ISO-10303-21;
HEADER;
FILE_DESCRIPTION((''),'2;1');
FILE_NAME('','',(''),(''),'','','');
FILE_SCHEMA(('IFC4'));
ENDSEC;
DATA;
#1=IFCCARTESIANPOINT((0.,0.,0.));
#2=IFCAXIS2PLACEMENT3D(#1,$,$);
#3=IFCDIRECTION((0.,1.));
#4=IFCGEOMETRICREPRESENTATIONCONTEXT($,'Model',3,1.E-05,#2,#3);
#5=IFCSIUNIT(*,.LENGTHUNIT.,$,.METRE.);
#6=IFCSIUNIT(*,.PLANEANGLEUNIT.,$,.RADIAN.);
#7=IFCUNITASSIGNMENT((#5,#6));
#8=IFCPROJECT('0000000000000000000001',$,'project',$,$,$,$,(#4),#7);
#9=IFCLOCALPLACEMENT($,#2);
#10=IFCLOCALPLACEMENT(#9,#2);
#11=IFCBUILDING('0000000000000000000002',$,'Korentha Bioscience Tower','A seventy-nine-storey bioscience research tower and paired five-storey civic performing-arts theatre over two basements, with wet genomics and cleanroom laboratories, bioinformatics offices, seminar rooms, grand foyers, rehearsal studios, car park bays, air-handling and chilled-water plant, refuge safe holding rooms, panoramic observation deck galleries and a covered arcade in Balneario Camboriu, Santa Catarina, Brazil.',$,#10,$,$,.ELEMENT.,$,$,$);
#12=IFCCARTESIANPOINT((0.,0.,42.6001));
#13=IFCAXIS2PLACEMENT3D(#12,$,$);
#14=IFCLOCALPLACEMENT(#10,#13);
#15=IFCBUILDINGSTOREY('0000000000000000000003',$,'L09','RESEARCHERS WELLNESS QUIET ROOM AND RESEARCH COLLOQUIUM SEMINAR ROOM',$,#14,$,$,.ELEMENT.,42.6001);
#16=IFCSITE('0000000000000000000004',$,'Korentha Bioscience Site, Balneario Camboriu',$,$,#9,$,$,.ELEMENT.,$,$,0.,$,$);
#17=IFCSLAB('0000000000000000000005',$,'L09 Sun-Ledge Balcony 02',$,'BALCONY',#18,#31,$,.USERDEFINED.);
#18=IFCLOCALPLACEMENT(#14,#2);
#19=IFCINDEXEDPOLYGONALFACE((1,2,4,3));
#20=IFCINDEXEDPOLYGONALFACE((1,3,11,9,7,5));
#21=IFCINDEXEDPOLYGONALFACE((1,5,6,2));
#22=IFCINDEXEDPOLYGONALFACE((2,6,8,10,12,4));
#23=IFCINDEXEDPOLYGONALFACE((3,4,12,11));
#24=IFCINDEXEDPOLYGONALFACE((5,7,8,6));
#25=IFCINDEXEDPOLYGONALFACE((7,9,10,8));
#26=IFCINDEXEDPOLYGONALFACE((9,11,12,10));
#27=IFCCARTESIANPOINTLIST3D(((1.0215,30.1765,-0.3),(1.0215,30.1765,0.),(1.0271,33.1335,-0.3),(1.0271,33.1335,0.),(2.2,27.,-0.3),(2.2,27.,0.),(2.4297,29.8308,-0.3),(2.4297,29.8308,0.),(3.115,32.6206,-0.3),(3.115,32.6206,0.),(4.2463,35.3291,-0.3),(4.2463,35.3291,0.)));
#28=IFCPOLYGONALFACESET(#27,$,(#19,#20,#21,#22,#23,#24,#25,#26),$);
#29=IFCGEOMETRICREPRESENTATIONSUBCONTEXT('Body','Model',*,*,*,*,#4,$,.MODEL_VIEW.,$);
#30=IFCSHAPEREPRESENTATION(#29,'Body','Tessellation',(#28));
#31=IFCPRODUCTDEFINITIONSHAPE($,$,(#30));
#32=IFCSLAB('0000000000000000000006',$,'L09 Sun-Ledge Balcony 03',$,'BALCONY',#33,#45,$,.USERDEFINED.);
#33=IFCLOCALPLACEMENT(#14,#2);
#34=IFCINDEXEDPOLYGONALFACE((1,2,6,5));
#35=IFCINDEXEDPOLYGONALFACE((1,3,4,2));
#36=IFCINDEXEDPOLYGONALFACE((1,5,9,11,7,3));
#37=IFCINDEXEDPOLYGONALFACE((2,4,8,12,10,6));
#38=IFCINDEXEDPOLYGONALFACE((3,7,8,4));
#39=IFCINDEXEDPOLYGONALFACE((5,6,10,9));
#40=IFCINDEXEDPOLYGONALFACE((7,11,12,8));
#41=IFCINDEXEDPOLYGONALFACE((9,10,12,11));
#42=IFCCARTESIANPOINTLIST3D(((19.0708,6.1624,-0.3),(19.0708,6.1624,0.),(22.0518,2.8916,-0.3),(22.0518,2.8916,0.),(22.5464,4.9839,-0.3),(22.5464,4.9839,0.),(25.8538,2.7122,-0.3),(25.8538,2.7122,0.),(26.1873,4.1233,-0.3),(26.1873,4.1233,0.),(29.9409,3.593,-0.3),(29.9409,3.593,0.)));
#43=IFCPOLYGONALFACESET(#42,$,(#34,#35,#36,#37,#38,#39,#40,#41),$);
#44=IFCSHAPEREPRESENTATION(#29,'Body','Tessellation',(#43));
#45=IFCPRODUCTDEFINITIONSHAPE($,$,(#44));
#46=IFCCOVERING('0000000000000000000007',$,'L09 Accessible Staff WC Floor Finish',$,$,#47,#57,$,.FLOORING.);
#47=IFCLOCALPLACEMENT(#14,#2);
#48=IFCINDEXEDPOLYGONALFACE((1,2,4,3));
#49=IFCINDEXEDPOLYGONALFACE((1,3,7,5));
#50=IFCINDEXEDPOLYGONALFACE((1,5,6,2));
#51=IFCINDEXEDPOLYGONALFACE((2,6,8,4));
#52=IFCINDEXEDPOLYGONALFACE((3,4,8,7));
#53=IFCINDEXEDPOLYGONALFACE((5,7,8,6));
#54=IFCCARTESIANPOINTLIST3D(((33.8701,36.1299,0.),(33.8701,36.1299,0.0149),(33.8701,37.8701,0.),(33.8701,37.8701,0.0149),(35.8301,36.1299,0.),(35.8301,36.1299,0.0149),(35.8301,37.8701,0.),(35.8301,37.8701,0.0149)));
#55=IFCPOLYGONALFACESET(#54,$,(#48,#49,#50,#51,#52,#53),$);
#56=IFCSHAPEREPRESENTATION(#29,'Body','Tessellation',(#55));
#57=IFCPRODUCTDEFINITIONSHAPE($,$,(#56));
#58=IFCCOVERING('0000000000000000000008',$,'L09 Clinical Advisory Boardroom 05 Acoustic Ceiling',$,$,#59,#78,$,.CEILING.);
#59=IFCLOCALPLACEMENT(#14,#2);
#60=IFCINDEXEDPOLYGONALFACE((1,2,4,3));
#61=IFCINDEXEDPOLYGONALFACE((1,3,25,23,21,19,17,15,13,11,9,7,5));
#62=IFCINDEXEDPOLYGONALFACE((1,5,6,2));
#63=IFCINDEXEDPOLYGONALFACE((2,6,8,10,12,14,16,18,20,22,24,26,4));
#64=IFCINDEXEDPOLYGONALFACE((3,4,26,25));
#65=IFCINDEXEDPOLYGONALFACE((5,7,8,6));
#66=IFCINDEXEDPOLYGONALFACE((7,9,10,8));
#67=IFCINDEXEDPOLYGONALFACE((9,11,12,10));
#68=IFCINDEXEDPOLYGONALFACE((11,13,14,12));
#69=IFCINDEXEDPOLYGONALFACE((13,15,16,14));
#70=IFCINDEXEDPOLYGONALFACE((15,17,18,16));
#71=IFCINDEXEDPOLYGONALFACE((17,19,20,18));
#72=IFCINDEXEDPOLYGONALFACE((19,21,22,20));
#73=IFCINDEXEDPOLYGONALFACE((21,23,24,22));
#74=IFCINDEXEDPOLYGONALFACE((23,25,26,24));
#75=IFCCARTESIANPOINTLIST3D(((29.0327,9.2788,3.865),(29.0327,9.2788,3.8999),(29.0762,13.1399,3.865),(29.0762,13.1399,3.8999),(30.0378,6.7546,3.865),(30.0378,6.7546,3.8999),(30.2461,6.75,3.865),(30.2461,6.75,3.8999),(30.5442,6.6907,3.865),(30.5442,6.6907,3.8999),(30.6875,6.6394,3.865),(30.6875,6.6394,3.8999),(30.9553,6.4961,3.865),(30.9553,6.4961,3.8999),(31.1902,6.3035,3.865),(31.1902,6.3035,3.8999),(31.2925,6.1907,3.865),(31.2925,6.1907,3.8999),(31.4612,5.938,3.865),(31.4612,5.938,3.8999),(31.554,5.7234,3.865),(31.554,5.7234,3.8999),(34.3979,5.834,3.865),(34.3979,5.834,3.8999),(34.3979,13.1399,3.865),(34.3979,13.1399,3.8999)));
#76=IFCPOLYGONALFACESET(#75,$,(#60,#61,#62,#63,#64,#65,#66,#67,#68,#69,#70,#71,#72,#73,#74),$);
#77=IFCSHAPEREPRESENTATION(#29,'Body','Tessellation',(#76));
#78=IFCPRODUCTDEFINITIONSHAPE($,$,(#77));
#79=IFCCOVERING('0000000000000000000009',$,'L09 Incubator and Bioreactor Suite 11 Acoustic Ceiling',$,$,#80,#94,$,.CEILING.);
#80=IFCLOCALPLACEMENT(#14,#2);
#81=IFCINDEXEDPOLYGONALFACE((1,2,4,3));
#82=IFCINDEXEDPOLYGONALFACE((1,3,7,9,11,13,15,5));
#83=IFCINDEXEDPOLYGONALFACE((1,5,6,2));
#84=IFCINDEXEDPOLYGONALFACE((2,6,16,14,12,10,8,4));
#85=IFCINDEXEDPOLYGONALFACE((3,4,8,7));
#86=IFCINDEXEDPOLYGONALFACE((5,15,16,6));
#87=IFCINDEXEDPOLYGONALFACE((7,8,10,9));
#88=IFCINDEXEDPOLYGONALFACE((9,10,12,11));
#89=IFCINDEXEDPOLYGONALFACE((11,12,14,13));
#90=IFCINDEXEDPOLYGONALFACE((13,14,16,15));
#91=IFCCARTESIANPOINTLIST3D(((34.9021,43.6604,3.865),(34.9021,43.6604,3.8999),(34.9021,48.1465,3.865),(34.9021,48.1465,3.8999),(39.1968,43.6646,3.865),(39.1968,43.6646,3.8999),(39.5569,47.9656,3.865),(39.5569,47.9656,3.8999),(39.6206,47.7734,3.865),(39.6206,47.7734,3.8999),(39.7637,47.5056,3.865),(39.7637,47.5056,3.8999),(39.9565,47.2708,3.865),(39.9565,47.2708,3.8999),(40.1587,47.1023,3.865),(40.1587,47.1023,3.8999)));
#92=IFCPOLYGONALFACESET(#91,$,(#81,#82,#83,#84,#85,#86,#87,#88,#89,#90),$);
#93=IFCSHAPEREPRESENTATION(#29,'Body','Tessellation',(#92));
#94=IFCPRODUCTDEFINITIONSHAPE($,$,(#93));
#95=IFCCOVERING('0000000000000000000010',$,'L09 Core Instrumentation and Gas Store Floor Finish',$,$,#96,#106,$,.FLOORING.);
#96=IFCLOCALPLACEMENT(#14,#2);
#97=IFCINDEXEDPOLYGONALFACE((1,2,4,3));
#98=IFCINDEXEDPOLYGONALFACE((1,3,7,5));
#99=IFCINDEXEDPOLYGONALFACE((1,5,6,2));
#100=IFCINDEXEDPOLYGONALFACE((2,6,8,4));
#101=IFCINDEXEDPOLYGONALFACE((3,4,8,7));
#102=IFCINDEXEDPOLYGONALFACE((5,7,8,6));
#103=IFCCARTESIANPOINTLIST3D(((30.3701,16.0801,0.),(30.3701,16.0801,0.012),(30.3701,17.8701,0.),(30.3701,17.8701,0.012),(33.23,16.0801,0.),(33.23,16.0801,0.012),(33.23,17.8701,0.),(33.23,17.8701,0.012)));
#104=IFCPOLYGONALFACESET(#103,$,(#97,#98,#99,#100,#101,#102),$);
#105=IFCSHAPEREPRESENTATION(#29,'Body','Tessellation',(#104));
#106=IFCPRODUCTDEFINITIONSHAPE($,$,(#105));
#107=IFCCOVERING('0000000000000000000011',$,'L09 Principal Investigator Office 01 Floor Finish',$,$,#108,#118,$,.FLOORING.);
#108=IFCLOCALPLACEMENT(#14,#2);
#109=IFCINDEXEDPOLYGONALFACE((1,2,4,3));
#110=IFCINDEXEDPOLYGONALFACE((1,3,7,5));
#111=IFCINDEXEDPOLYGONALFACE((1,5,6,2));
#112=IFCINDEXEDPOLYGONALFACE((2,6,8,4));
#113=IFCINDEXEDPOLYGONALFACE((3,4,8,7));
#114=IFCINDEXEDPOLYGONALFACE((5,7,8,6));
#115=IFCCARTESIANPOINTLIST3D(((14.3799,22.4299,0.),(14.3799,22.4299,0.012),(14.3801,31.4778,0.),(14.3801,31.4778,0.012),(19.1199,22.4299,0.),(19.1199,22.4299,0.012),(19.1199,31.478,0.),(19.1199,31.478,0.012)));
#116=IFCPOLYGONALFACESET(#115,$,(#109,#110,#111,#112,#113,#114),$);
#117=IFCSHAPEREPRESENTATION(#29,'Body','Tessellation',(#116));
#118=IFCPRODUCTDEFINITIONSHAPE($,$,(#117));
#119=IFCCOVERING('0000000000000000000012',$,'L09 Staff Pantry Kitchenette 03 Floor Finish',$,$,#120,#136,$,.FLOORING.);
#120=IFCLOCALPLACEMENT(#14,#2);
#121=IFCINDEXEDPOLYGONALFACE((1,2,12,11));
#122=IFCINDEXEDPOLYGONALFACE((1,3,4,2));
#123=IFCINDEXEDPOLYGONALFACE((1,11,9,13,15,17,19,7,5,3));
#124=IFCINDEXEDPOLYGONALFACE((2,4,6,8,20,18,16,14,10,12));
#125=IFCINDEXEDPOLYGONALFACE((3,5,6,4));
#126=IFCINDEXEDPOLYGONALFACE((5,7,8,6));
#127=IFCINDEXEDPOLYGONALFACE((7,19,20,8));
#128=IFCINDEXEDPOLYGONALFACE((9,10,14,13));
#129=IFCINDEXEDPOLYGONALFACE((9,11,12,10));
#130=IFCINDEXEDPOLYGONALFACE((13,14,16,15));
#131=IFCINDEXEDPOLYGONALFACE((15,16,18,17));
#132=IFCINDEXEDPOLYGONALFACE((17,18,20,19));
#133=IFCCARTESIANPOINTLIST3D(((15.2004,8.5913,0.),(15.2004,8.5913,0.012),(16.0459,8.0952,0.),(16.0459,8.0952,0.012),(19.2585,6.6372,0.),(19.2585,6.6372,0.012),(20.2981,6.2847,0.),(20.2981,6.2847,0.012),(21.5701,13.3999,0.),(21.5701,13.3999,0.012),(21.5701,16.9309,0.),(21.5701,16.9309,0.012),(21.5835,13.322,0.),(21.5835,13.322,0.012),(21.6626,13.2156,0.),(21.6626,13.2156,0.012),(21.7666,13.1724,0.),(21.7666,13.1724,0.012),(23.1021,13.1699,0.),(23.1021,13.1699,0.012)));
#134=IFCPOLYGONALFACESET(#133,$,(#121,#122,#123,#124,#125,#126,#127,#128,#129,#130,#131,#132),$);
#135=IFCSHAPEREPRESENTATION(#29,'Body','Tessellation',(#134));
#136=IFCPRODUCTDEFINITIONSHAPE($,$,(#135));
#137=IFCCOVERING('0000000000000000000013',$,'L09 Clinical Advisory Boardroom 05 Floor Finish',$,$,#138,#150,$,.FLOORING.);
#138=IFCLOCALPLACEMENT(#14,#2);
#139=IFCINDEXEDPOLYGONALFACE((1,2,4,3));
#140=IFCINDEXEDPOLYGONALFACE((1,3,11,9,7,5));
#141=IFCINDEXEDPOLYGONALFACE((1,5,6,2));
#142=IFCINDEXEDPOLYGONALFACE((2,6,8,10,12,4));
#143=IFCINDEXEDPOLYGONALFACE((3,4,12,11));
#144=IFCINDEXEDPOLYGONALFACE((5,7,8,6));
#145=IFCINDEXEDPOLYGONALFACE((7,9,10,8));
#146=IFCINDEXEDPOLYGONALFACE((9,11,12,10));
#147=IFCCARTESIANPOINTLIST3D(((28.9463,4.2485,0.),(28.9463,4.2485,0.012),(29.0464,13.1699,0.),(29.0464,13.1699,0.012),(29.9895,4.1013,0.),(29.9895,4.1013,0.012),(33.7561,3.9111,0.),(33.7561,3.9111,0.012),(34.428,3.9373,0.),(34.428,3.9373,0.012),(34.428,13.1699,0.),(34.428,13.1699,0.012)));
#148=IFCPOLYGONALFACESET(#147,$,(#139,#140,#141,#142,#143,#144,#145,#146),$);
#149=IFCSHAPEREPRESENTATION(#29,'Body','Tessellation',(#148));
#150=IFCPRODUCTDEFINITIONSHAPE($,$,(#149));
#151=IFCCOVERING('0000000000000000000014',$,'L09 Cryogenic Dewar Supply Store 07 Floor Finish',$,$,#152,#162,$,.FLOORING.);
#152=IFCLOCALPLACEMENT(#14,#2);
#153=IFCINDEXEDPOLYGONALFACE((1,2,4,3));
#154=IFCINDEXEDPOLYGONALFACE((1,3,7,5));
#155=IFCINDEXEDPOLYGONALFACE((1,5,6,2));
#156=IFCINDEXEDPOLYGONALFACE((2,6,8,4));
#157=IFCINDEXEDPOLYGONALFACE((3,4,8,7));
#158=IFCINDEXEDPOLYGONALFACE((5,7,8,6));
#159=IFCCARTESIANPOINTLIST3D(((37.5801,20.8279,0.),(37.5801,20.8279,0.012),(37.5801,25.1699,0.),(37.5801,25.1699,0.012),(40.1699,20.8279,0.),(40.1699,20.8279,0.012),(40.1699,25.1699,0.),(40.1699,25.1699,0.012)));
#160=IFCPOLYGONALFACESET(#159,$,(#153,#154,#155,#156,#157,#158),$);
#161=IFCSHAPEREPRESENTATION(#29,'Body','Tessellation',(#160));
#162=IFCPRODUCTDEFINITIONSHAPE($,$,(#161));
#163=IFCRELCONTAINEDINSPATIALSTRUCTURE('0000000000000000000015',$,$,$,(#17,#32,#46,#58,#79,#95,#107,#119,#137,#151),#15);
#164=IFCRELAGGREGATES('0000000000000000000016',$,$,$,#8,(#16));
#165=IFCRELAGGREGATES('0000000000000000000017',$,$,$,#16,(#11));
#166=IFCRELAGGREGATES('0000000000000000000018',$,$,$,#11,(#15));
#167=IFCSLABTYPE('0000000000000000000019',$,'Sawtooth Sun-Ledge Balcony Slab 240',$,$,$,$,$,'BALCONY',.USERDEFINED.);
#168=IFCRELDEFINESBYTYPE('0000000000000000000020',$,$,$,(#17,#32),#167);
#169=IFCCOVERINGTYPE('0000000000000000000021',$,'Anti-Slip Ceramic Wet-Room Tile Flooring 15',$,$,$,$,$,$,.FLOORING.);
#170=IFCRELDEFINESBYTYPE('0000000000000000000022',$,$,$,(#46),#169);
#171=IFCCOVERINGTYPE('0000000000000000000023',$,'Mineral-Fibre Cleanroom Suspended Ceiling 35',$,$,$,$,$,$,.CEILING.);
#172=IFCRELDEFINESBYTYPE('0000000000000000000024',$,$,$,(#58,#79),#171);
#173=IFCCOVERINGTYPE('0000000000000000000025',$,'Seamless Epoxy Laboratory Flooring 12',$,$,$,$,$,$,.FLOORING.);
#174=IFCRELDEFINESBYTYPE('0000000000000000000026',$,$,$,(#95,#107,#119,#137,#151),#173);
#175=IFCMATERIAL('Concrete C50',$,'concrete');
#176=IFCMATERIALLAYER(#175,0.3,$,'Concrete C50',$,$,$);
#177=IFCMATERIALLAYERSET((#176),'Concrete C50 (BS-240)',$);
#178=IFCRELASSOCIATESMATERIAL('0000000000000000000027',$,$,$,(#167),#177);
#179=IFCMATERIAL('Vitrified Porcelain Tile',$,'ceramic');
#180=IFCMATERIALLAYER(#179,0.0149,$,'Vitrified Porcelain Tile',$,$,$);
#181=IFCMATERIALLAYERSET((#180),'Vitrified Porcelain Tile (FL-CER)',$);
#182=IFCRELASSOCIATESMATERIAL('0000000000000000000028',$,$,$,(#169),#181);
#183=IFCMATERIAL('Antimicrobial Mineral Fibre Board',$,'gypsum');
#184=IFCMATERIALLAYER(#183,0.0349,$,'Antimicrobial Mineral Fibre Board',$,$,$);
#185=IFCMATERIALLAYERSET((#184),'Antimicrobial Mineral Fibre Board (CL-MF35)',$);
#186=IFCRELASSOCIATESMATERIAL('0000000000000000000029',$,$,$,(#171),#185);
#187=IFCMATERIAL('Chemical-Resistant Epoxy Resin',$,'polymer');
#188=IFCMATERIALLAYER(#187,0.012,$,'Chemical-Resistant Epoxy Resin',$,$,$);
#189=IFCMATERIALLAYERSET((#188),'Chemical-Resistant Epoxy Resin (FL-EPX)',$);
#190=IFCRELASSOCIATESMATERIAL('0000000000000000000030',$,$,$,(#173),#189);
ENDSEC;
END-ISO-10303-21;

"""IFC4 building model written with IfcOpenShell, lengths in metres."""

from ifc_helpers import new_model, si_unit, direction, frame, origin, place, context, subcontext, project, spatial, polyline, outline, extrude, material, layer, layer_set, type_object, element, save


model = new_model("IFC4")

# Units and contexts
model_context = context("Model", 3, precision=1e-05, world=origin(), true_north=direction((0.0, 1.0)))
body_context = subcontext(model_context, "Body", "Model", "MODEL_VIEW")
ifc_project = project(units=[si_unit("LENGTHUNIT", "METRE"), si_unit("PLANEANGLEUNIT", "RADIAN")], contexts=[model_context])

# Site, building, storey
site_placement = place(None, origin())
site = spatial("IfcSite", under=ifc_project, at=site_placement, Name="Korentha Bioscience Site, Balneario Camboriu", CompositionType="ELEMENT", RefElevation=0.0)
building_placement = place(site_placement, origin())
building = spatial("IfcBuilding", under=site, at=building_placement, Name="Korentha Bioscience Tower", Description="A seventy-nine-storey bioscience research tower and paired five-storey civic performing-arts theatre over two basements, with wet genomics and cleanroom laboratories, bioinformatics offices, seminar rooms, grand foyers, rehearsal studios, car park bays, air-handling and chilled-water plant, refuge safe holding rooms, panoramic observation deck galleries and a covered arcade in Balneario Camboriu, Santa Catarina, Brazil.", CompositionType="ELEMENT")
storey_placement = place(building_placement, frame((0.0, 0.0, 42.6001)))
storey = spatial("IfcBuildingStorey", under=building, at=storey_placement, Name="L09", Description="RESEARCHERS WELLNESS QUIET ROOM AND RESEARCH COLLOQUIUM SEMINAR ROOM", CompositionType="ELEMENT", Elevation=42.6001)

# Shared definitions
ifc_material_1 = material(Name="Concrete C50", Category="concrete")

# Slabs
ifc_layer_1 = layer(ifc_material_1, 0.3, Name="Concrete C50")
ifc_layer_set_1 = layer_set([ifc_layer_1], Name="Concrete C50 (BS-240)")
slab_type_1 = type_object("IfcSlabType", Name="Sawtooth Sun-Ledge Balcony Slab 240", ElementType="BALCONY", PredefinedType="USERDEFINED", material=ifc_layer_set_1)
slab_1_placement = place(storey_placement, frame((0.0, 0.0, -0.3)))
element("IfcSlab", 1, at=slab_1_placement, inside=storey, type_object=slab_type_1, Name="L09 Sun-Ledge Balcony 02", ObjectType="BALCONY", PredefinedType="USERDEFINED", context=body_context, shape_type="SweptSolid", body=[
    extrude(outline(polyline([(2.2, 27.0), (2.4297, 29.8308), (3.115, 32.6206), (4.2463, 35.3291), (1.0271, 33.1335), (1.0215, 30.1765), (2.2, 27.0)])), origin(), (0.0, 0.0, 1.0), 0.3),
])
slab_2_placement = place(storey_placement, frame((0.0, 0.0, -0.3)))
element("IfcSlab", 2, at=slab_2_placement, inside=storey, type_object=slab_type_1, Name="L09 Sun-Ledge Balcony 03", ObjectType="BALCONY", PredefinedType="USERDEFINED", context=body_context, shape_type="SweptSolid", body=[
    extrude(outline(polyline([(29.9409, 3.593), (26.1873, 4.1233), (22.5464, 4.9839), (19.0708, 6.1624), (22.0518, 2.8916), (25.8538, 2.7122), (29.9409, 3.593)])), origin(), (0.0, 0.0, 1.0), 0.3),
])

# Coverings
ifc_material_2 = material(Name="Vitrified Porcelain Tile", Category="ceramic")
ifc_layer_2 = layer(ifc_material_2, 0.0149, Name="Vitrified Porcelain Tile")
ifc_layer_set_2 = layer_set([ifc_layer_2], Name="Vitrified Porcelain Tile (FL-CER)")
covering_type_1 = type_object("IfcCoveringType", Name="Anti-Slip Ceramic Wet-Room Tile Flooring 15", PredefinedType="FLOORING", material=ifc_layer_set_2)
covering_1_placement = place(storey_placement, origin())
element("IfcCovering", 3, at=covering_1_placement, inside=storey, type_object=covering_type_1, Name="L09 Accessible Staff WC Floor Finish", PredefinedType="FLOORING", context=body_context, shape_type="SweptSolid", body=[
    extrude(outline(polyline([(33.8701, 36.1299), (33.8701, 37.8701), (35.8301, 37.8701), (35.8301, 36.1299), (33.8701, 36.1299)])), origin(), (0.0, 0.0, 1.0), 0.0149),
])
ifc_material_3 = material(Name="Antimicrobial Mineral Fibre Board", Category="gypsum")
ifc_layer_3 = layer(ifc_material_3, 0.0349, Name="Antimicrobial Mineral Fibre Board")
ifc_layer_set_3 = layer_set([ifc_layer_3], Name="Antimicrobial Mineral Fibre Board (CL-MF35)")
covering_type_2 = type_object("IfcCoveringType", Name="Mineral-Fibre Cleanroom Suspended Ceiling 35", PredefinedType="CEILING", material=ifc_layer_set_3)
covering_2_placement = place(storey_placement, frame((0.0, 0.0, 3.865)))
element("IfcCovering", 4, at=covering_2_placement, inside=storey, type_object=covering_type_2, Name="L09 Clinical Advisory Boardroom 05 Acoustic Ceiling", PredefinedType="CEILING", context=body_context, shape_type="SweptSolid", body=[
    extrude(outline(polyline([(34.3979, 5.834), (31.554, 5.7234), (31.4612, 5.938), (31.2925, 6.1907), (31.1902, 6.3035), (30.9553, 6.4961), (30.6875, 6.6394), (30.5442, 6.6907), (30.2461, 6.75), (30.0378, 6.7546), (29.0327, 9.2788), (29.0762, 13.1399), (34.3979, 13.1399), (34.3979, 5.834)])), origin(), (0.0, 0.0, 1.0), 0.0349),
])
covering_3_placement = place(storey_placement, frame((0.0, 0.0, 3.865)))
element("IfcCovering", 5, at=covering_3_placement, inside=storey, type_object=covering_type_2, Name="L09 Incubator and Bioreactor Suite 11 Acoustic Ceiling", PredefinedType="CEILING", context=body_context, shape_type="SweptSolid", body=[
    extrude(outline(polyline([(34.9021, 48.1465), (39.5569, 47.9656), (39.6206, 47.7734), (39.7637, 47.5056), (39.9565, 47.2708), (40.1587, 47.1023), (39.1968, 43.6646), (34.9021, 43.6604), (34.9021, 48.1465)])), origin(), (0.0, 0.0, 1.0), 0.0349),
])
ifc_material_4 = material(Name="Chemical-Resistant Epoxy Resin", Category="polymer")
ifc_layer_4 = layer(ifc_material_4, 0.012, Name="Chemical-Resistant Epoxy Resin")
ifc_layer_set_4 = layer_set([ifc_layer_4], Name="Chemical-Resistant Epoxy Resin (FL-EPX)")
covering_type_3 = type_object("IfcCoveringType", Name="Seamless Epoxy Laboratory Flooring 12", PredefinedType="FLOORING", material=ifc_layer_set_4)
covering_4_placement = place(storey_placement, origin())
element("IfcCovering", 6, at=covering_4_placement, inside=storey, type_object=covering_type_3, Name="L09 Core Instrumentation and Gas Store Floor Finish", PredefinedType="FLOORING", context=body_context, shape_type="SweptSolid", body=[
    extrude(outline(polyline([(30.3701, 16.0801), (30.3701, 17.8701), (33.23, 17.8701), (33.23, 16.0801), (30.3701, 16.0801)])), origin(), (0.0, 0.0, 1.0), 0.012),
])
covering_5_placement = place(storey_placement, origin())
element("IfcCovering", 7, at=covering_5_placement, inside=storey, type_object=covering_type_3, Name="L09 Principal Investigator Office 01 Floor Finish", PredefinedType="FLOORING", context=body_context, shape_type="SweptSolid", body=[
    extrude(outline(polyline([(14.3799, 22.4299), (14.3801, 31.4778), (19.1199, 31.478), (19.1199, 22.4299), (14.3799, 22.4299)])), origin(), (0.0, 0.0, 1.0), 0.012),
])
covering_6_placement = place(storey_placement, origin())
element("IfcCovering", 8, at=covering_6_placement, inside=storey, type_object=covering_type_3, Name="L09 Staff Pantry Kitchenette 03 Floor Finish", PredefinedType="FLOORING", context=body_context, shape_type="SweptSolid", body=[
    extrude(outline(polyline([(15.2004, 8.5913), (21.5701, 16.9309), (21.5701, 13.3999), (21.5835, 13.322), (21.6626, 13.2156), (21.7666, 13.1724), (23.1021, 13.1699), (20.2981, 6.2847), (19.2585, 6.6372), (16.0459, 8.0952), (15.2004, 8.5913)])), origin(), (0.0, 0.0, 1.0), 0.012),
])
covering_7_placement = place(storey_placement, origin())
element("IfcCovering", 9, at=covering_7_placement, inside=storey, type_object=covering_type_3, Name="L09 Clinical Advisory Boardroom 05 Floor Finish", PredefinedType="FLOORING", context=body_context, shape_type="SweptSolid", body=[
    extrude(outline(polyline([(29.0464, 13.1699), (34.428, 13.1699), (34.428, 3.9373), (33.7561, 3.9111), (29.9895, 4.1013), (28.9463, 4.2485), (29.0464, 13.1699)])), origin(), (0.0, 0.0, 1.0), 0.012),
])
covering_8_placement = place(storey_placement, origin())
element("IfcCovering", 10, at=covering_8_placement, inside=storey, type_object=covering_type_3, Name="L09 Cryogenic Dewar Supply Store 07 Floor Finish", PredefinedType="FLOORING", context=body_context, shape_type="SweptSolid", body=[
    extrude(outline(polyline([(37.5801, 25.1699), (40.1699, 25.1699), (40.1699, 20.8279), (37.5801, 20.8279), (37.5801, 25.1699)])), origin(), (0.0, 0.0, 1.0), 0.012),
])

save(model, "model.ifc")
